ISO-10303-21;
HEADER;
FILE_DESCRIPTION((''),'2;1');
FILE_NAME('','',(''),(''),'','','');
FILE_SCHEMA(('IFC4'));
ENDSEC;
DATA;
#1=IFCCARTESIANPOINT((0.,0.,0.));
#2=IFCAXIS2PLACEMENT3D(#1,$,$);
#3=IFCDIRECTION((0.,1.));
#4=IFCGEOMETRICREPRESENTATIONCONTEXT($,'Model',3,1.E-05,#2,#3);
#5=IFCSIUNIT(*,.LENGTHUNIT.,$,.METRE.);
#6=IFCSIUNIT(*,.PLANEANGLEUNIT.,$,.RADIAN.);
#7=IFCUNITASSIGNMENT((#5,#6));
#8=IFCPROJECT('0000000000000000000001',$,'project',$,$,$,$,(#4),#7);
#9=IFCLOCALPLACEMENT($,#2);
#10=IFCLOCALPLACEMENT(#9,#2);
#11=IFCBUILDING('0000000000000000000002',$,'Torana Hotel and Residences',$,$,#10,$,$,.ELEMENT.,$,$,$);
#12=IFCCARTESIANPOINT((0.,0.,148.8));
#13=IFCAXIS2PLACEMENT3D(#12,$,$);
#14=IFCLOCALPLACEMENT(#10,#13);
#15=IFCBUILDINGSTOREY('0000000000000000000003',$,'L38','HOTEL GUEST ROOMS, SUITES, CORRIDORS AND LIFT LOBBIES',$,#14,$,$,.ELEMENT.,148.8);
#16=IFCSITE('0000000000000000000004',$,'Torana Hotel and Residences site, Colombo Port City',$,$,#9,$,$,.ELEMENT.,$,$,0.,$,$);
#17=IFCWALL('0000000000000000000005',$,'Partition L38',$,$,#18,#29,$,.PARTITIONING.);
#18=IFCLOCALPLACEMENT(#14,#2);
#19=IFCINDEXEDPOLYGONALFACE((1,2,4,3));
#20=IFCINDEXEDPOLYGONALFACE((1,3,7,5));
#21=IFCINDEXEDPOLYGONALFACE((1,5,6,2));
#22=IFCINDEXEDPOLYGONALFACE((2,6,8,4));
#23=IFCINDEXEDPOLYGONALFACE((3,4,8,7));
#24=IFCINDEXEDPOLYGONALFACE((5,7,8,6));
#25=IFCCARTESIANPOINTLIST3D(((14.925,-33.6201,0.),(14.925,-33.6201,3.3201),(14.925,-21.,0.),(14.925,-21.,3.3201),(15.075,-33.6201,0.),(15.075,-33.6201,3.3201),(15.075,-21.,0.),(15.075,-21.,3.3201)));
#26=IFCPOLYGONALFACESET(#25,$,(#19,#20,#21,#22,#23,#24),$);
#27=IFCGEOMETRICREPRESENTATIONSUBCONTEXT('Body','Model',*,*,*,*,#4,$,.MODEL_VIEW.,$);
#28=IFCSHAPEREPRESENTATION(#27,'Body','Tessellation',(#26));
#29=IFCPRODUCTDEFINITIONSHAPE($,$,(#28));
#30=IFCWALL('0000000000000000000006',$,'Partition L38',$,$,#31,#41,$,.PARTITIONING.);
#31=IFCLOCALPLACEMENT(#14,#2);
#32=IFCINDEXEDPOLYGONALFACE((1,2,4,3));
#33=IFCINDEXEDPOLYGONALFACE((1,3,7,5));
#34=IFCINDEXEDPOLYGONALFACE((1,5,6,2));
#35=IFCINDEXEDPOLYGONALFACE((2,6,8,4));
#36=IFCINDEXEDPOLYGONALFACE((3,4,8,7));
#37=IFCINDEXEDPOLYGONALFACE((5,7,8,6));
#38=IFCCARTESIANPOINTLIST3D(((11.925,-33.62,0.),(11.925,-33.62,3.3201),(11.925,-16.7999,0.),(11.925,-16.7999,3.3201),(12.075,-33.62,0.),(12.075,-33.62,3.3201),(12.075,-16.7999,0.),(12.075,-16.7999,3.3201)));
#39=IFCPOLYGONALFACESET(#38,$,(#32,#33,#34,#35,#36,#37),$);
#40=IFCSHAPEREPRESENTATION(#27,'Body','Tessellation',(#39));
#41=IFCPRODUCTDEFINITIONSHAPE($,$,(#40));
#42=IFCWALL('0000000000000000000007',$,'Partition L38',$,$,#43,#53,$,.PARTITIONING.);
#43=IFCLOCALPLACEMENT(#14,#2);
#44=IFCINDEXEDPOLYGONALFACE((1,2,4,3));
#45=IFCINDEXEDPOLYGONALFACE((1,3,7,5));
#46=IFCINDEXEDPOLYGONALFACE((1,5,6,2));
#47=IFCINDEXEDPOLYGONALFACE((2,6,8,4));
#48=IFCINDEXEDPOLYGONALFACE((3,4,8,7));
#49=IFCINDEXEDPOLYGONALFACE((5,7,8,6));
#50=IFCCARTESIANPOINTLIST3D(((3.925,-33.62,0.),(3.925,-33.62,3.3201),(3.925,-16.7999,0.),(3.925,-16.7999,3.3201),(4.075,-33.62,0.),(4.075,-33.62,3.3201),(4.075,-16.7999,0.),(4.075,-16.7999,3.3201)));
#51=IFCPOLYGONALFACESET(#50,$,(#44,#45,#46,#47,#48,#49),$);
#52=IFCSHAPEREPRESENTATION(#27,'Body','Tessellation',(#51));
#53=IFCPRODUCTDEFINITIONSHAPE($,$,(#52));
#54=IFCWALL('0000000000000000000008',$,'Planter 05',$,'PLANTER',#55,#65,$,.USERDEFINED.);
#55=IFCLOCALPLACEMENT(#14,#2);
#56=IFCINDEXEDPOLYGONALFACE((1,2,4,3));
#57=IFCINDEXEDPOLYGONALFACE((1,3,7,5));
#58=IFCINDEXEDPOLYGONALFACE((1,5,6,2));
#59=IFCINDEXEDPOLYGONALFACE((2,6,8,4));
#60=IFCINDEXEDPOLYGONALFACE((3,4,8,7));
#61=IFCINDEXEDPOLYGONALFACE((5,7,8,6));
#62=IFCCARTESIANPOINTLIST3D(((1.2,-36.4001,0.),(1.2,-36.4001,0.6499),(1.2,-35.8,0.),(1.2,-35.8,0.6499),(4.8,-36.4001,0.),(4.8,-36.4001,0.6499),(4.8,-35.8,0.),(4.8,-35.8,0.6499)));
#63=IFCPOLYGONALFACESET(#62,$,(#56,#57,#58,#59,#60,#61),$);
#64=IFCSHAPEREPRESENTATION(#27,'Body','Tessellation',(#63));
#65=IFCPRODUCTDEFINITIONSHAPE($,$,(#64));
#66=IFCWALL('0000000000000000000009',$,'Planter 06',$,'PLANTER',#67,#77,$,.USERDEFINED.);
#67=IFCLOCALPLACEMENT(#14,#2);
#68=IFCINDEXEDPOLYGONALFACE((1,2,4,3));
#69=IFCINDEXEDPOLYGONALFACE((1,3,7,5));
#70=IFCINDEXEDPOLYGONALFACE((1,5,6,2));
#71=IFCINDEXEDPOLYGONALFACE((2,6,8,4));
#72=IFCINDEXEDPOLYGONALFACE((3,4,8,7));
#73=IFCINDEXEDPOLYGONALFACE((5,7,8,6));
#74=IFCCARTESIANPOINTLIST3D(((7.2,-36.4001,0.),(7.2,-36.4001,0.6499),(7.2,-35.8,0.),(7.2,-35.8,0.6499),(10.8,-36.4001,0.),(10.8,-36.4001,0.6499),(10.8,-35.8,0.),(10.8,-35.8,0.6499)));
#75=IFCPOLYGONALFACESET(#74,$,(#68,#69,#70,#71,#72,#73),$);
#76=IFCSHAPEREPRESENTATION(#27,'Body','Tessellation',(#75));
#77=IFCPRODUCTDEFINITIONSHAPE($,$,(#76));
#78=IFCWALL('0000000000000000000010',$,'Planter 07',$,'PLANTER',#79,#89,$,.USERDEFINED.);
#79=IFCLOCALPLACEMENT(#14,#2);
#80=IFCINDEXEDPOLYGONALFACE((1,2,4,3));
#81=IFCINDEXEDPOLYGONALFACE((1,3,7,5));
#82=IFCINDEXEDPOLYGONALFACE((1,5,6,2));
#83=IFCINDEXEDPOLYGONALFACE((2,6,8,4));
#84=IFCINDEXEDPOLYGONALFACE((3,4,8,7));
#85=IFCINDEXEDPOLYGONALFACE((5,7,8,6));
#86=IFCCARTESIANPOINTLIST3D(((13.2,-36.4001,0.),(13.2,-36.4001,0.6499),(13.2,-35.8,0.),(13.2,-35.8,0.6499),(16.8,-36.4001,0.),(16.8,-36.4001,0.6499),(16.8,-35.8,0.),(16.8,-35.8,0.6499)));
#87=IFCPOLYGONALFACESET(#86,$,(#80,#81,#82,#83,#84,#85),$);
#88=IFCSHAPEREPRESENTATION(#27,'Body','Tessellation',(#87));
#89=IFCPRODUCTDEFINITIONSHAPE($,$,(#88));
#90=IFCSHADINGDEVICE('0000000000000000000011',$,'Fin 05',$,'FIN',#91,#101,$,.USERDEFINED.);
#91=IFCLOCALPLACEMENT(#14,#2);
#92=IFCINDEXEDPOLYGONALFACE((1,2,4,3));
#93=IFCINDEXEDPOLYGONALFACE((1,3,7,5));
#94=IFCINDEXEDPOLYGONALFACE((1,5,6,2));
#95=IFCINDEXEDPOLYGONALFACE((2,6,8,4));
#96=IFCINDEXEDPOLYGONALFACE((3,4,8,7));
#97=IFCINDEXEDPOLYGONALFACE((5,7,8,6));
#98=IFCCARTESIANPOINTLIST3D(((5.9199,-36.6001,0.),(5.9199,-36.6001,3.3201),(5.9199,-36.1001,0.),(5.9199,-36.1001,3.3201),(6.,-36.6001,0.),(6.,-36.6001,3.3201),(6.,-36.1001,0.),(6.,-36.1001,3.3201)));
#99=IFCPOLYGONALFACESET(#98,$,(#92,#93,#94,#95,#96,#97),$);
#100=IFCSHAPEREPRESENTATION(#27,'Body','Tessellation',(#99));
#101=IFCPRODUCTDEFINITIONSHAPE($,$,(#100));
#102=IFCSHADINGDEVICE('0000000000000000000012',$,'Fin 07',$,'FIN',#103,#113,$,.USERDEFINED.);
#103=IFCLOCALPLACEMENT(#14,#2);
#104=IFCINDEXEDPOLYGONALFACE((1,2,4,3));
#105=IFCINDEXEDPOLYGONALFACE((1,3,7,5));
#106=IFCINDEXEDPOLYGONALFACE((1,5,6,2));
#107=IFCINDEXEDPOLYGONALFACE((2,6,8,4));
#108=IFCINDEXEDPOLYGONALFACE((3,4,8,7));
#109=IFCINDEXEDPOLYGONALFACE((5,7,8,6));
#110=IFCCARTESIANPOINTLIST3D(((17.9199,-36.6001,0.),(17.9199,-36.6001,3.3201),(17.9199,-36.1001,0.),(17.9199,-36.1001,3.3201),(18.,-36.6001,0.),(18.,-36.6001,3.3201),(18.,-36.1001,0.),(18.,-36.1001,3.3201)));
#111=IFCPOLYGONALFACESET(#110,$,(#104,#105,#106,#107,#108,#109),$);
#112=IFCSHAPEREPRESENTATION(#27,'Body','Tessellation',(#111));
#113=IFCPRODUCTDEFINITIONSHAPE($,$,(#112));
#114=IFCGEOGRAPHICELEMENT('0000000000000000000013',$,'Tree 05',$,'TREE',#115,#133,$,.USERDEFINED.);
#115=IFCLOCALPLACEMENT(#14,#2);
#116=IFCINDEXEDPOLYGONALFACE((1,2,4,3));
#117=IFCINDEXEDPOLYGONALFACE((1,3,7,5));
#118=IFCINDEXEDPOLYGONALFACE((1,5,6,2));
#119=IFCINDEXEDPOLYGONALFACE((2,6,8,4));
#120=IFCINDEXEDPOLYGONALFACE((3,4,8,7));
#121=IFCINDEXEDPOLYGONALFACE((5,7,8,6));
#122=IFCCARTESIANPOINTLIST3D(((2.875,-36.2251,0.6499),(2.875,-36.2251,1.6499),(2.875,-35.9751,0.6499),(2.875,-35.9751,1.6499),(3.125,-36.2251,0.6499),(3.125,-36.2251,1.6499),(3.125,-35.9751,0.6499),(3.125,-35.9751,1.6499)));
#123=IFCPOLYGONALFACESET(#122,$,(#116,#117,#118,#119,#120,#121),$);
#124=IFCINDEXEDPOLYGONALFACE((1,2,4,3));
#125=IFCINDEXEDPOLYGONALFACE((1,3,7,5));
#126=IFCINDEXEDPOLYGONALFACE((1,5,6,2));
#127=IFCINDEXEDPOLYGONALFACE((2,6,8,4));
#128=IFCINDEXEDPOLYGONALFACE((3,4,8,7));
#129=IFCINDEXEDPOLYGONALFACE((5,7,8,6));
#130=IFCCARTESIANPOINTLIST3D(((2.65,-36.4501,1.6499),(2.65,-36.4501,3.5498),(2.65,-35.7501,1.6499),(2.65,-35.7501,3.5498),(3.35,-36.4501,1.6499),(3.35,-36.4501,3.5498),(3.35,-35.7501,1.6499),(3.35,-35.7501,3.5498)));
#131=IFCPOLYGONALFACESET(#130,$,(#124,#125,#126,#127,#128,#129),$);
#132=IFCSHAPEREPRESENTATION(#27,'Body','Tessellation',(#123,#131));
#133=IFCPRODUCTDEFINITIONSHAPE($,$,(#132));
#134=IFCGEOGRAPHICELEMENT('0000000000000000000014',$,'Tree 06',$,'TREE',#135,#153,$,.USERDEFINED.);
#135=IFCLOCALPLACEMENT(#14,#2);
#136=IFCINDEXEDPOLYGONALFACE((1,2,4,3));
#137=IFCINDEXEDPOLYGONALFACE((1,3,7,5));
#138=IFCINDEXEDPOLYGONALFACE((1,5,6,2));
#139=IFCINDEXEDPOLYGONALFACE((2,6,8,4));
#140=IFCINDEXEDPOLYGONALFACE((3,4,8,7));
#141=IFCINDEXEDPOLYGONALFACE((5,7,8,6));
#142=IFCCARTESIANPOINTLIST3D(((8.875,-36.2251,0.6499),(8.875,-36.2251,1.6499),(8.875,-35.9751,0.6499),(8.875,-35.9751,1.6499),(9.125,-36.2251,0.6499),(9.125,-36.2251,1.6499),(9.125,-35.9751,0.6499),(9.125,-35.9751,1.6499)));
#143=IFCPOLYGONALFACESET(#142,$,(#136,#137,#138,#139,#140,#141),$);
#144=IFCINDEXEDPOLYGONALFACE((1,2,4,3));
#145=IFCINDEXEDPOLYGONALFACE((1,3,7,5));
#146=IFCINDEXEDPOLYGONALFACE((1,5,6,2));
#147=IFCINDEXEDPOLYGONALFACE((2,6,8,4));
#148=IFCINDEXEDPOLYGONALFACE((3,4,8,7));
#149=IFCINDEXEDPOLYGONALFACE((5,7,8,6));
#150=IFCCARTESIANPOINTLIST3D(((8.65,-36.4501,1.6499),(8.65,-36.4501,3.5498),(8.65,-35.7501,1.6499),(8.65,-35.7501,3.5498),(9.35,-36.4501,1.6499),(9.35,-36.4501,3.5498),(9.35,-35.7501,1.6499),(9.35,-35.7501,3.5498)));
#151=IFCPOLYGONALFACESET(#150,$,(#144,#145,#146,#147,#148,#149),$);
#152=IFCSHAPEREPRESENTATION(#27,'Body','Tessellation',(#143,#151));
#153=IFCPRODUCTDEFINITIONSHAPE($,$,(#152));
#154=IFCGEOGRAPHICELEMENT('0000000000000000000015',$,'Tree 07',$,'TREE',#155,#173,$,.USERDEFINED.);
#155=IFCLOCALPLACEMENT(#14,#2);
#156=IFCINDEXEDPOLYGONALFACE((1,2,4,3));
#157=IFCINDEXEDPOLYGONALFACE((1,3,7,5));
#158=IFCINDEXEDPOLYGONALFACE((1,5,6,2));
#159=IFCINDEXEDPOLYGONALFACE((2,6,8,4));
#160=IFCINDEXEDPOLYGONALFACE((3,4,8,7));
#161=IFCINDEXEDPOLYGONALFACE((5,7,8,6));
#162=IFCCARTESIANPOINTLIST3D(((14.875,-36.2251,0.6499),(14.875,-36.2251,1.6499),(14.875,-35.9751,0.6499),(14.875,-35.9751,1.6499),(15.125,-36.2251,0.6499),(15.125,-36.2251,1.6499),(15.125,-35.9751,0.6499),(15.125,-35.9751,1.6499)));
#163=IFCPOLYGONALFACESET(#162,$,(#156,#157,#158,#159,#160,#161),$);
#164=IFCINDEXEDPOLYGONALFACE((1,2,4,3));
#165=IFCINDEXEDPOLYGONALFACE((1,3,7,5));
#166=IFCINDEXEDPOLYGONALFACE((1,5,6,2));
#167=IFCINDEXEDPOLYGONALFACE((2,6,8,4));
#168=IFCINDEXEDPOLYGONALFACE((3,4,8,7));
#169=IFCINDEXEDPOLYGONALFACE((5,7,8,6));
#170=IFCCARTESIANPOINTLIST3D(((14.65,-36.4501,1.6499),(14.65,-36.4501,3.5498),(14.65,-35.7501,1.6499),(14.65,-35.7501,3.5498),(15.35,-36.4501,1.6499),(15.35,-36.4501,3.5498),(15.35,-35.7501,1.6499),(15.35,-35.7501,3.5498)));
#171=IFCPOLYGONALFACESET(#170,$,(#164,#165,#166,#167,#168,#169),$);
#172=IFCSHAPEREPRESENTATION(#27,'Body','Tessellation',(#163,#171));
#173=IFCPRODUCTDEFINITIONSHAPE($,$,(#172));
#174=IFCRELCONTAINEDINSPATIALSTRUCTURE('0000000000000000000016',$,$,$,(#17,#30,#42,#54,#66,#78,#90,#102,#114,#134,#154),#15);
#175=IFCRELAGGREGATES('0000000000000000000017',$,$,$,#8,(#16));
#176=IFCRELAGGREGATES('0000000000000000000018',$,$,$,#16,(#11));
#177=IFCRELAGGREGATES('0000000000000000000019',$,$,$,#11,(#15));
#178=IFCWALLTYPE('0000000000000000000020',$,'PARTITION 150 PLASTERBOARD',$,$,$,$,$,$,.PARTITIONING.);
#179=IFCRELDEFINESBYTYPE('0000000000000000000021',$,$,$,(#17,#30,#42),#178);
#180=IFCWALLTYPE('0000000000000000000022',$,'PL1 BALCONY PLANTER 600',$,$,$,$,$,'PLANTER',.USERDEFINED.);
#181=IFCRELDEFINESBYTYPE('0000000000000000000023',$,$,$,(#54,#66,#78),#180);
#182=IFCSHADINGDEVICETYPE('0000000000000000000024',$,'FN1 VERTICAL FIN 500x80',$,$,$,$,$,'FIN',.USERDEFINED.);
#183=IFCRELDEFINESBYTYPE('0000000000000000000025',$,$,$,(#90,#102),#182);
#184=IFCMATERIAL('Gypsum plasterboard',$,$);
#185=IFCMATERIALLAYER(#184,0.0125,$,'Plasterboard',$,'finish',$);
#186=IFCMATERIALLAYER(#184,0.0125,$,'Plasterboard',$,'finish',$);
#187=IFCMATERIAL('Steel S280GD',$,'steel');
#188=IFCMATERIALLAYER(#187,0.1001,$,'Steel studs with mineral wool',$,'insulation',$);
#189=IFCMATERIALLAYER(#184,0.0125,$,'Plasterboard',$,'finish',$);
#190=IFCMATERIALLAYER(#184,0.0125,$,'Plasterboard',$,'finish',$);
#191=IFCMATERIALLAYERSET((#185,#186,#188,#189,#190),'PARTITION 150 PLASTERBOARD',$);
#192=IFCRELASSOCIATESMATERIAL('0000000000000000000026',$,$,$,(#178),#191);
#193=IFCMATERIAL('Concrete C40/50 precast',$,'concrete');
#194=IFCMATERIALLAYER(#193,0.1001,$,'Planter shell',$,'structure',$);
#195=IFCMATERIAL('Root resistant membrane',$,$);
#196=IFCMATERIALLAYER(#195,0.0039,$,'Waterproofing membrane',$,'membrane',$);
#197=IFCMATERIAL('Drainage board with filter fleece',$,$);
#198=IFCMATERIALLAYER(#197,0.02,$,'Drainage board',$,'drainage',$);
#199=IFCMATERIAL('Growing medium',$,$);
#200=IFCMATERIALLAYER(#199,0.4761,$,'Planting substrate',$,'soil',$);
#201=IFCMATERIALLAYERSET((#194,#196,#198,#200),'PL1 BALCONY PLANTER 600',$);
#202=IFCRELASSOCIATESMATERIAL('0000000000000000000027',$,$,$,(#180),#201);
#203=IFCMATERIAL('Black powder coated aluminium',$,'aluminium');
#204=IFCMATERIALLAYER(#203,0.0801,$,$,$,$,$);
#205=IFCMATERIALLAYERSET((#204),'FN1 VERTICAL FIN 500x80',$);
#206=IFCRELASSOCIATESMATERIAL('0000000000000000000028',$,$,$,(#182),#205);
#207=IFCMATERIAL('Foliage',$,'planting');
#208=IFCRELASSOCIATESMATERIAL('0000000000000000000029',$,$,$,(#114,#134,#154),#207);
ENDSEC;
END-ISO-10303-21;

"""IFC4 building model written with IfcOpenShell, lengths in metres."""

from ifc_helpers import new_model, si_unit, direction, frame, frame_2d, origin, origin_2d, place, context, subcontext, project, spatial, rectangle, extrude, material, layer, layer_set, type_object, element, save


model = new_model("IFC4")

# Units and contexts
model_context = context("Model", 3, precision=1e-05, world=origin(), true_north=direction((0.0, 1.0)))
body_context = subcontext(model_context, "Body", "Model", "MODEL_VIEW")
ifc_project = project(units=[si_unit("LENGTHUNIT", "METRE"), si_unit("PLANEANGLEUNIT", "RADIAN")], contexts=[model_context])

# Site, building, storey
site_placement = place(None, origin())
site = spatial("IfcSite", under=ifc_project, at=site_placement, Name="Torana Hotel and Residences site, Colombo Port City", CompositionType="ELEMENT", RefElevation=0.0)
building_placement = place(site_placement, origin())
building = spatial("IfcBuilding", under=site, at=building_placement, Name="Torana Hotel and Residences", CompositionType="ELEMENT")
storey_placement = place(building_placement, frame((0.0, 0.0, 148.8)))
storey = spatial("IfcBuildingStorey", under=building, at=storey_placement, Name="L38", Description="HOTEL GUEST ROOMS, SUITES, CORRIDORS AND LIFT LOBBIES", CompositionType="ELEMENT", Elevation=148.8)

# Walls
ifc_material_1 = material(Name="Gypsum plasterboard")
ifc_layer_1 = layer(ifc_material_1, 0.0125, Name="Plasterboard", Category="finish")
ifc_layer_2 = layer(ifc_material_1, 0.0125, Name="Plasterboard", Category="finish")
ifc_material_2 = material(Name="Steel S280GD", Category="steel")
ifc_layer_3 = layer(ifc_material_2, 0.1001, Name="Steel studs with mineral wool", Category="insulation")
ifc_layer_4 = layer(ifc_material_1, 0.0125, Name="Plasterboard", Category="finish")
ifc_layer_5 = layer(ifc_material_1, 0.0125, Name="Plasterboard", Category="finish")
ifc_layer_set_1 = layer_set([ifc_layer_1, ifc_layer_2, ifc_layer_3, ifc_layer_4, ifc_layer_5], Name="PARTITION 150 PLASTERBOARD")
wall_type_1 = type_object("IfcWallType", Name="PARTITION 150 PLASTERBOARD", PredefinedType="PARTITIONING", material=ifc_layer_set_1)
wall_placement = place(storey_placement, frame((15.0, -33.6201, 0.0), z_axis=(0.0, 0.0, 1.0), x_axis=(0.0, 1.0, 0.0)))
element("IfcWall", 1, at=wall_placement, inside=storey, type_object=wall_type_1, Name="Partition L38", PredefinedType="PARTITIONING", context=body_context, shape_type="SweptSolid", body=[
    extrude(rectangle(XDim=12.6201, YDim=0.1499, at=frame_2d((6.3101, 0.0))), origin(), (0.0, 0.0, 1.0), 3.3201),
])
for number, where, z_axis, x_axis, name in (
    (2, (12.0, -33.6201, 0.0), (0.0, 0.0, 1.0), (0.0, 1.0, 0.0), "Partition L38"),
    (3, (4.0, -33.6201, 0.0), (0.0, 0.0, 1.0), (0.0, 1.0, 0.0), "Partition L38"),
):
    element("IfcWall", number, at=place(storey_placement, frame(where, z_axis=z_axis, x_axis=x_axis)), inside=storey, type_object=wall_type_1, Name=name, PredefinedType="PARTITIONING", context=body_context, shape_type="SweptSolid", body=[
        extrude(rectangle(XDim=16.8201, YDim=0.1499, at=frame_2d((8.4102, 0.0))), origin(), (0.0, 0.0, 1.0), 3.3201),
    ])
ifc_material_3 = material(Name="Concrete C40/50 precast", Category="concrete")
ifc_layer_6 = layer(ifc_material_3, 0.1001, Name="Planter shell", Category="structure")
ifc_material_4 = material(Name="Root resistant membrane")
ifc_layer_7 = layer(ifc_material_4, 0.0039, Name="Waterproofing membrane", Category="membrane")
ifc_material_5 = material(Name="Drainage board with filter fleece")
ifc_layer_8 = layer(ifc_material_5, 0.02, Name="Drainage board", Category="drainage")
ifc_material_6 = material(Name="Growing medium")
ifc_layer_9 = layer(ifc_material_6, 0.4761, Name="Planting substrate", Category="soil")
ifc_layer_set_2 = layer_set([ifc_layer_6, ifc_layer_7, ifc_layer_8, ifc_layer_9], Name="PL1 BALCONY PLANTER 600")
wall_type_2 = type_object("IfcWallType", Name="PL1 BALCONY PLANTER 600", ElementType="PLANTER", PredefinedType="USERDEFINED", material=ifc_layer_set_2)
for number, where, z_axis, x_axis, name in (
    (4, (4.8, -36.1001, 0.0), (0.0, 0.0, 1.0), (-1.0, 0.0, 0.0), "Planter 05"),
    (5, (10.8, -36.1001, 0.0), (0.0, 0.0, 1.0), (-1.0, 0.0, 0.0), "Planter 06"),
    (6, (16.8, -36.1001, 0.0), (0.0, 0.0, 1.0), (-1.0, 0.0, 0.0), "Planter 07"),
):
    element("IfcWall", number, at=place(storey_placement, frame(where, z_axis=z_axis, x_axis=x_axis)), inside=storey, type_object=wall_type_2, Name=name, ObjectType="PLANTER", PredefinedType="USERDEFINED", context=body_context, shape_type="SweptSolid", body=[
        extrude(rectangle(XDim=3.6001, YDim=0.6001, at=frame_2d((1.8, 0.0))), origin(), (0.0, 0.0, 1.0), 0.6499),
    ])

# Shading devices
ifc_material_7 = material(Name="Black powder coated aluminium", Category="aluminium")
ifc_layer_10 = layer(ifc_material_7, 0.0801)
ifc_layer_set_3 = layer_set([ifc_layer_10], Name="FN1 VERTICAL FIN 500x80")
shading_device_type = type_object("IfcShadingDeviceType", Name="FN1 VERTICAL FIN 500x80", ElementType="FIN", PredefinedType="USERDEFINED", material=ifc_layer_set_3)
for number, where, z_axis, x_axis, name in (
    (7, (5.96, -36.3501, 0.0), (0.0, 0.0, 1.0), (-1.0, 0.0, 0.0), "Fin 05"),
    (8, (17.96, -36.3501, 0.0), (0.0, 0.0, 1.0), (-1.0, 0.0, 0.0), "Fin 07"),
):
    element("IfcShadingDevice", number, at=place(storey_placement, frame(where, z_axis=z_axis, x_axis=x_axis)), inside=storey, type_object=shading_device_type, Name=name, ObjectType="FIN", PredefinedType="USERDEFINED", context=body_context, shape_type="SweptSolid", body=[
        extrude(rectangle(XDim=0.0801, YDim=0.5, at=origin_2d()), origin(), (0.0, 0.0, 1.0), 3.3201),
    ])

# Geographic elements
ifc_material_8 = material(Name="Foliage", Category="planting")
for number, where, z_axis, x_axis, name in (
    (9, (3.0, -36.1001, 0.6499), (0.0, 0.0, 1.0), (1.0, 0.0, 0.0), "Tree 05"),
    (10, (9.0, -36.1001, 0.6499), (0.0, 0.0, 1.0), (1.0, 0.0, 0.0), "Tree 06"),
    (11, (15.0, -36.1001, 0.6499), (0.0, 0.0, 1.0), (1.0, 0.0, 0.0), "Tree 07"),
):
    element("IfcGeographicElement", number, at=place(storey_placement, frame(where, z_axis=z_axis, x_axis=x_axis)), inside=storey, material=ifc_material_8, Name=name, ObjectType="TREE", PredefinedType="USERDEFINED", context=body_context, shape_type="SweptSolid", body=[
        extrude(rectangle(XDim=0.25, YDim=0.25, at=origin_2d()), origin(), (0.0, 0.0, 1.0), 1.0),
        extrude(rectangle(XDim=0.7, YDim=0.7, at=origin_2d()), frame((0.0, 0.0, 1.0)), (0.0, 0.0, 1.0), 1.8999),
    ])

save(model, "model.ifc")
